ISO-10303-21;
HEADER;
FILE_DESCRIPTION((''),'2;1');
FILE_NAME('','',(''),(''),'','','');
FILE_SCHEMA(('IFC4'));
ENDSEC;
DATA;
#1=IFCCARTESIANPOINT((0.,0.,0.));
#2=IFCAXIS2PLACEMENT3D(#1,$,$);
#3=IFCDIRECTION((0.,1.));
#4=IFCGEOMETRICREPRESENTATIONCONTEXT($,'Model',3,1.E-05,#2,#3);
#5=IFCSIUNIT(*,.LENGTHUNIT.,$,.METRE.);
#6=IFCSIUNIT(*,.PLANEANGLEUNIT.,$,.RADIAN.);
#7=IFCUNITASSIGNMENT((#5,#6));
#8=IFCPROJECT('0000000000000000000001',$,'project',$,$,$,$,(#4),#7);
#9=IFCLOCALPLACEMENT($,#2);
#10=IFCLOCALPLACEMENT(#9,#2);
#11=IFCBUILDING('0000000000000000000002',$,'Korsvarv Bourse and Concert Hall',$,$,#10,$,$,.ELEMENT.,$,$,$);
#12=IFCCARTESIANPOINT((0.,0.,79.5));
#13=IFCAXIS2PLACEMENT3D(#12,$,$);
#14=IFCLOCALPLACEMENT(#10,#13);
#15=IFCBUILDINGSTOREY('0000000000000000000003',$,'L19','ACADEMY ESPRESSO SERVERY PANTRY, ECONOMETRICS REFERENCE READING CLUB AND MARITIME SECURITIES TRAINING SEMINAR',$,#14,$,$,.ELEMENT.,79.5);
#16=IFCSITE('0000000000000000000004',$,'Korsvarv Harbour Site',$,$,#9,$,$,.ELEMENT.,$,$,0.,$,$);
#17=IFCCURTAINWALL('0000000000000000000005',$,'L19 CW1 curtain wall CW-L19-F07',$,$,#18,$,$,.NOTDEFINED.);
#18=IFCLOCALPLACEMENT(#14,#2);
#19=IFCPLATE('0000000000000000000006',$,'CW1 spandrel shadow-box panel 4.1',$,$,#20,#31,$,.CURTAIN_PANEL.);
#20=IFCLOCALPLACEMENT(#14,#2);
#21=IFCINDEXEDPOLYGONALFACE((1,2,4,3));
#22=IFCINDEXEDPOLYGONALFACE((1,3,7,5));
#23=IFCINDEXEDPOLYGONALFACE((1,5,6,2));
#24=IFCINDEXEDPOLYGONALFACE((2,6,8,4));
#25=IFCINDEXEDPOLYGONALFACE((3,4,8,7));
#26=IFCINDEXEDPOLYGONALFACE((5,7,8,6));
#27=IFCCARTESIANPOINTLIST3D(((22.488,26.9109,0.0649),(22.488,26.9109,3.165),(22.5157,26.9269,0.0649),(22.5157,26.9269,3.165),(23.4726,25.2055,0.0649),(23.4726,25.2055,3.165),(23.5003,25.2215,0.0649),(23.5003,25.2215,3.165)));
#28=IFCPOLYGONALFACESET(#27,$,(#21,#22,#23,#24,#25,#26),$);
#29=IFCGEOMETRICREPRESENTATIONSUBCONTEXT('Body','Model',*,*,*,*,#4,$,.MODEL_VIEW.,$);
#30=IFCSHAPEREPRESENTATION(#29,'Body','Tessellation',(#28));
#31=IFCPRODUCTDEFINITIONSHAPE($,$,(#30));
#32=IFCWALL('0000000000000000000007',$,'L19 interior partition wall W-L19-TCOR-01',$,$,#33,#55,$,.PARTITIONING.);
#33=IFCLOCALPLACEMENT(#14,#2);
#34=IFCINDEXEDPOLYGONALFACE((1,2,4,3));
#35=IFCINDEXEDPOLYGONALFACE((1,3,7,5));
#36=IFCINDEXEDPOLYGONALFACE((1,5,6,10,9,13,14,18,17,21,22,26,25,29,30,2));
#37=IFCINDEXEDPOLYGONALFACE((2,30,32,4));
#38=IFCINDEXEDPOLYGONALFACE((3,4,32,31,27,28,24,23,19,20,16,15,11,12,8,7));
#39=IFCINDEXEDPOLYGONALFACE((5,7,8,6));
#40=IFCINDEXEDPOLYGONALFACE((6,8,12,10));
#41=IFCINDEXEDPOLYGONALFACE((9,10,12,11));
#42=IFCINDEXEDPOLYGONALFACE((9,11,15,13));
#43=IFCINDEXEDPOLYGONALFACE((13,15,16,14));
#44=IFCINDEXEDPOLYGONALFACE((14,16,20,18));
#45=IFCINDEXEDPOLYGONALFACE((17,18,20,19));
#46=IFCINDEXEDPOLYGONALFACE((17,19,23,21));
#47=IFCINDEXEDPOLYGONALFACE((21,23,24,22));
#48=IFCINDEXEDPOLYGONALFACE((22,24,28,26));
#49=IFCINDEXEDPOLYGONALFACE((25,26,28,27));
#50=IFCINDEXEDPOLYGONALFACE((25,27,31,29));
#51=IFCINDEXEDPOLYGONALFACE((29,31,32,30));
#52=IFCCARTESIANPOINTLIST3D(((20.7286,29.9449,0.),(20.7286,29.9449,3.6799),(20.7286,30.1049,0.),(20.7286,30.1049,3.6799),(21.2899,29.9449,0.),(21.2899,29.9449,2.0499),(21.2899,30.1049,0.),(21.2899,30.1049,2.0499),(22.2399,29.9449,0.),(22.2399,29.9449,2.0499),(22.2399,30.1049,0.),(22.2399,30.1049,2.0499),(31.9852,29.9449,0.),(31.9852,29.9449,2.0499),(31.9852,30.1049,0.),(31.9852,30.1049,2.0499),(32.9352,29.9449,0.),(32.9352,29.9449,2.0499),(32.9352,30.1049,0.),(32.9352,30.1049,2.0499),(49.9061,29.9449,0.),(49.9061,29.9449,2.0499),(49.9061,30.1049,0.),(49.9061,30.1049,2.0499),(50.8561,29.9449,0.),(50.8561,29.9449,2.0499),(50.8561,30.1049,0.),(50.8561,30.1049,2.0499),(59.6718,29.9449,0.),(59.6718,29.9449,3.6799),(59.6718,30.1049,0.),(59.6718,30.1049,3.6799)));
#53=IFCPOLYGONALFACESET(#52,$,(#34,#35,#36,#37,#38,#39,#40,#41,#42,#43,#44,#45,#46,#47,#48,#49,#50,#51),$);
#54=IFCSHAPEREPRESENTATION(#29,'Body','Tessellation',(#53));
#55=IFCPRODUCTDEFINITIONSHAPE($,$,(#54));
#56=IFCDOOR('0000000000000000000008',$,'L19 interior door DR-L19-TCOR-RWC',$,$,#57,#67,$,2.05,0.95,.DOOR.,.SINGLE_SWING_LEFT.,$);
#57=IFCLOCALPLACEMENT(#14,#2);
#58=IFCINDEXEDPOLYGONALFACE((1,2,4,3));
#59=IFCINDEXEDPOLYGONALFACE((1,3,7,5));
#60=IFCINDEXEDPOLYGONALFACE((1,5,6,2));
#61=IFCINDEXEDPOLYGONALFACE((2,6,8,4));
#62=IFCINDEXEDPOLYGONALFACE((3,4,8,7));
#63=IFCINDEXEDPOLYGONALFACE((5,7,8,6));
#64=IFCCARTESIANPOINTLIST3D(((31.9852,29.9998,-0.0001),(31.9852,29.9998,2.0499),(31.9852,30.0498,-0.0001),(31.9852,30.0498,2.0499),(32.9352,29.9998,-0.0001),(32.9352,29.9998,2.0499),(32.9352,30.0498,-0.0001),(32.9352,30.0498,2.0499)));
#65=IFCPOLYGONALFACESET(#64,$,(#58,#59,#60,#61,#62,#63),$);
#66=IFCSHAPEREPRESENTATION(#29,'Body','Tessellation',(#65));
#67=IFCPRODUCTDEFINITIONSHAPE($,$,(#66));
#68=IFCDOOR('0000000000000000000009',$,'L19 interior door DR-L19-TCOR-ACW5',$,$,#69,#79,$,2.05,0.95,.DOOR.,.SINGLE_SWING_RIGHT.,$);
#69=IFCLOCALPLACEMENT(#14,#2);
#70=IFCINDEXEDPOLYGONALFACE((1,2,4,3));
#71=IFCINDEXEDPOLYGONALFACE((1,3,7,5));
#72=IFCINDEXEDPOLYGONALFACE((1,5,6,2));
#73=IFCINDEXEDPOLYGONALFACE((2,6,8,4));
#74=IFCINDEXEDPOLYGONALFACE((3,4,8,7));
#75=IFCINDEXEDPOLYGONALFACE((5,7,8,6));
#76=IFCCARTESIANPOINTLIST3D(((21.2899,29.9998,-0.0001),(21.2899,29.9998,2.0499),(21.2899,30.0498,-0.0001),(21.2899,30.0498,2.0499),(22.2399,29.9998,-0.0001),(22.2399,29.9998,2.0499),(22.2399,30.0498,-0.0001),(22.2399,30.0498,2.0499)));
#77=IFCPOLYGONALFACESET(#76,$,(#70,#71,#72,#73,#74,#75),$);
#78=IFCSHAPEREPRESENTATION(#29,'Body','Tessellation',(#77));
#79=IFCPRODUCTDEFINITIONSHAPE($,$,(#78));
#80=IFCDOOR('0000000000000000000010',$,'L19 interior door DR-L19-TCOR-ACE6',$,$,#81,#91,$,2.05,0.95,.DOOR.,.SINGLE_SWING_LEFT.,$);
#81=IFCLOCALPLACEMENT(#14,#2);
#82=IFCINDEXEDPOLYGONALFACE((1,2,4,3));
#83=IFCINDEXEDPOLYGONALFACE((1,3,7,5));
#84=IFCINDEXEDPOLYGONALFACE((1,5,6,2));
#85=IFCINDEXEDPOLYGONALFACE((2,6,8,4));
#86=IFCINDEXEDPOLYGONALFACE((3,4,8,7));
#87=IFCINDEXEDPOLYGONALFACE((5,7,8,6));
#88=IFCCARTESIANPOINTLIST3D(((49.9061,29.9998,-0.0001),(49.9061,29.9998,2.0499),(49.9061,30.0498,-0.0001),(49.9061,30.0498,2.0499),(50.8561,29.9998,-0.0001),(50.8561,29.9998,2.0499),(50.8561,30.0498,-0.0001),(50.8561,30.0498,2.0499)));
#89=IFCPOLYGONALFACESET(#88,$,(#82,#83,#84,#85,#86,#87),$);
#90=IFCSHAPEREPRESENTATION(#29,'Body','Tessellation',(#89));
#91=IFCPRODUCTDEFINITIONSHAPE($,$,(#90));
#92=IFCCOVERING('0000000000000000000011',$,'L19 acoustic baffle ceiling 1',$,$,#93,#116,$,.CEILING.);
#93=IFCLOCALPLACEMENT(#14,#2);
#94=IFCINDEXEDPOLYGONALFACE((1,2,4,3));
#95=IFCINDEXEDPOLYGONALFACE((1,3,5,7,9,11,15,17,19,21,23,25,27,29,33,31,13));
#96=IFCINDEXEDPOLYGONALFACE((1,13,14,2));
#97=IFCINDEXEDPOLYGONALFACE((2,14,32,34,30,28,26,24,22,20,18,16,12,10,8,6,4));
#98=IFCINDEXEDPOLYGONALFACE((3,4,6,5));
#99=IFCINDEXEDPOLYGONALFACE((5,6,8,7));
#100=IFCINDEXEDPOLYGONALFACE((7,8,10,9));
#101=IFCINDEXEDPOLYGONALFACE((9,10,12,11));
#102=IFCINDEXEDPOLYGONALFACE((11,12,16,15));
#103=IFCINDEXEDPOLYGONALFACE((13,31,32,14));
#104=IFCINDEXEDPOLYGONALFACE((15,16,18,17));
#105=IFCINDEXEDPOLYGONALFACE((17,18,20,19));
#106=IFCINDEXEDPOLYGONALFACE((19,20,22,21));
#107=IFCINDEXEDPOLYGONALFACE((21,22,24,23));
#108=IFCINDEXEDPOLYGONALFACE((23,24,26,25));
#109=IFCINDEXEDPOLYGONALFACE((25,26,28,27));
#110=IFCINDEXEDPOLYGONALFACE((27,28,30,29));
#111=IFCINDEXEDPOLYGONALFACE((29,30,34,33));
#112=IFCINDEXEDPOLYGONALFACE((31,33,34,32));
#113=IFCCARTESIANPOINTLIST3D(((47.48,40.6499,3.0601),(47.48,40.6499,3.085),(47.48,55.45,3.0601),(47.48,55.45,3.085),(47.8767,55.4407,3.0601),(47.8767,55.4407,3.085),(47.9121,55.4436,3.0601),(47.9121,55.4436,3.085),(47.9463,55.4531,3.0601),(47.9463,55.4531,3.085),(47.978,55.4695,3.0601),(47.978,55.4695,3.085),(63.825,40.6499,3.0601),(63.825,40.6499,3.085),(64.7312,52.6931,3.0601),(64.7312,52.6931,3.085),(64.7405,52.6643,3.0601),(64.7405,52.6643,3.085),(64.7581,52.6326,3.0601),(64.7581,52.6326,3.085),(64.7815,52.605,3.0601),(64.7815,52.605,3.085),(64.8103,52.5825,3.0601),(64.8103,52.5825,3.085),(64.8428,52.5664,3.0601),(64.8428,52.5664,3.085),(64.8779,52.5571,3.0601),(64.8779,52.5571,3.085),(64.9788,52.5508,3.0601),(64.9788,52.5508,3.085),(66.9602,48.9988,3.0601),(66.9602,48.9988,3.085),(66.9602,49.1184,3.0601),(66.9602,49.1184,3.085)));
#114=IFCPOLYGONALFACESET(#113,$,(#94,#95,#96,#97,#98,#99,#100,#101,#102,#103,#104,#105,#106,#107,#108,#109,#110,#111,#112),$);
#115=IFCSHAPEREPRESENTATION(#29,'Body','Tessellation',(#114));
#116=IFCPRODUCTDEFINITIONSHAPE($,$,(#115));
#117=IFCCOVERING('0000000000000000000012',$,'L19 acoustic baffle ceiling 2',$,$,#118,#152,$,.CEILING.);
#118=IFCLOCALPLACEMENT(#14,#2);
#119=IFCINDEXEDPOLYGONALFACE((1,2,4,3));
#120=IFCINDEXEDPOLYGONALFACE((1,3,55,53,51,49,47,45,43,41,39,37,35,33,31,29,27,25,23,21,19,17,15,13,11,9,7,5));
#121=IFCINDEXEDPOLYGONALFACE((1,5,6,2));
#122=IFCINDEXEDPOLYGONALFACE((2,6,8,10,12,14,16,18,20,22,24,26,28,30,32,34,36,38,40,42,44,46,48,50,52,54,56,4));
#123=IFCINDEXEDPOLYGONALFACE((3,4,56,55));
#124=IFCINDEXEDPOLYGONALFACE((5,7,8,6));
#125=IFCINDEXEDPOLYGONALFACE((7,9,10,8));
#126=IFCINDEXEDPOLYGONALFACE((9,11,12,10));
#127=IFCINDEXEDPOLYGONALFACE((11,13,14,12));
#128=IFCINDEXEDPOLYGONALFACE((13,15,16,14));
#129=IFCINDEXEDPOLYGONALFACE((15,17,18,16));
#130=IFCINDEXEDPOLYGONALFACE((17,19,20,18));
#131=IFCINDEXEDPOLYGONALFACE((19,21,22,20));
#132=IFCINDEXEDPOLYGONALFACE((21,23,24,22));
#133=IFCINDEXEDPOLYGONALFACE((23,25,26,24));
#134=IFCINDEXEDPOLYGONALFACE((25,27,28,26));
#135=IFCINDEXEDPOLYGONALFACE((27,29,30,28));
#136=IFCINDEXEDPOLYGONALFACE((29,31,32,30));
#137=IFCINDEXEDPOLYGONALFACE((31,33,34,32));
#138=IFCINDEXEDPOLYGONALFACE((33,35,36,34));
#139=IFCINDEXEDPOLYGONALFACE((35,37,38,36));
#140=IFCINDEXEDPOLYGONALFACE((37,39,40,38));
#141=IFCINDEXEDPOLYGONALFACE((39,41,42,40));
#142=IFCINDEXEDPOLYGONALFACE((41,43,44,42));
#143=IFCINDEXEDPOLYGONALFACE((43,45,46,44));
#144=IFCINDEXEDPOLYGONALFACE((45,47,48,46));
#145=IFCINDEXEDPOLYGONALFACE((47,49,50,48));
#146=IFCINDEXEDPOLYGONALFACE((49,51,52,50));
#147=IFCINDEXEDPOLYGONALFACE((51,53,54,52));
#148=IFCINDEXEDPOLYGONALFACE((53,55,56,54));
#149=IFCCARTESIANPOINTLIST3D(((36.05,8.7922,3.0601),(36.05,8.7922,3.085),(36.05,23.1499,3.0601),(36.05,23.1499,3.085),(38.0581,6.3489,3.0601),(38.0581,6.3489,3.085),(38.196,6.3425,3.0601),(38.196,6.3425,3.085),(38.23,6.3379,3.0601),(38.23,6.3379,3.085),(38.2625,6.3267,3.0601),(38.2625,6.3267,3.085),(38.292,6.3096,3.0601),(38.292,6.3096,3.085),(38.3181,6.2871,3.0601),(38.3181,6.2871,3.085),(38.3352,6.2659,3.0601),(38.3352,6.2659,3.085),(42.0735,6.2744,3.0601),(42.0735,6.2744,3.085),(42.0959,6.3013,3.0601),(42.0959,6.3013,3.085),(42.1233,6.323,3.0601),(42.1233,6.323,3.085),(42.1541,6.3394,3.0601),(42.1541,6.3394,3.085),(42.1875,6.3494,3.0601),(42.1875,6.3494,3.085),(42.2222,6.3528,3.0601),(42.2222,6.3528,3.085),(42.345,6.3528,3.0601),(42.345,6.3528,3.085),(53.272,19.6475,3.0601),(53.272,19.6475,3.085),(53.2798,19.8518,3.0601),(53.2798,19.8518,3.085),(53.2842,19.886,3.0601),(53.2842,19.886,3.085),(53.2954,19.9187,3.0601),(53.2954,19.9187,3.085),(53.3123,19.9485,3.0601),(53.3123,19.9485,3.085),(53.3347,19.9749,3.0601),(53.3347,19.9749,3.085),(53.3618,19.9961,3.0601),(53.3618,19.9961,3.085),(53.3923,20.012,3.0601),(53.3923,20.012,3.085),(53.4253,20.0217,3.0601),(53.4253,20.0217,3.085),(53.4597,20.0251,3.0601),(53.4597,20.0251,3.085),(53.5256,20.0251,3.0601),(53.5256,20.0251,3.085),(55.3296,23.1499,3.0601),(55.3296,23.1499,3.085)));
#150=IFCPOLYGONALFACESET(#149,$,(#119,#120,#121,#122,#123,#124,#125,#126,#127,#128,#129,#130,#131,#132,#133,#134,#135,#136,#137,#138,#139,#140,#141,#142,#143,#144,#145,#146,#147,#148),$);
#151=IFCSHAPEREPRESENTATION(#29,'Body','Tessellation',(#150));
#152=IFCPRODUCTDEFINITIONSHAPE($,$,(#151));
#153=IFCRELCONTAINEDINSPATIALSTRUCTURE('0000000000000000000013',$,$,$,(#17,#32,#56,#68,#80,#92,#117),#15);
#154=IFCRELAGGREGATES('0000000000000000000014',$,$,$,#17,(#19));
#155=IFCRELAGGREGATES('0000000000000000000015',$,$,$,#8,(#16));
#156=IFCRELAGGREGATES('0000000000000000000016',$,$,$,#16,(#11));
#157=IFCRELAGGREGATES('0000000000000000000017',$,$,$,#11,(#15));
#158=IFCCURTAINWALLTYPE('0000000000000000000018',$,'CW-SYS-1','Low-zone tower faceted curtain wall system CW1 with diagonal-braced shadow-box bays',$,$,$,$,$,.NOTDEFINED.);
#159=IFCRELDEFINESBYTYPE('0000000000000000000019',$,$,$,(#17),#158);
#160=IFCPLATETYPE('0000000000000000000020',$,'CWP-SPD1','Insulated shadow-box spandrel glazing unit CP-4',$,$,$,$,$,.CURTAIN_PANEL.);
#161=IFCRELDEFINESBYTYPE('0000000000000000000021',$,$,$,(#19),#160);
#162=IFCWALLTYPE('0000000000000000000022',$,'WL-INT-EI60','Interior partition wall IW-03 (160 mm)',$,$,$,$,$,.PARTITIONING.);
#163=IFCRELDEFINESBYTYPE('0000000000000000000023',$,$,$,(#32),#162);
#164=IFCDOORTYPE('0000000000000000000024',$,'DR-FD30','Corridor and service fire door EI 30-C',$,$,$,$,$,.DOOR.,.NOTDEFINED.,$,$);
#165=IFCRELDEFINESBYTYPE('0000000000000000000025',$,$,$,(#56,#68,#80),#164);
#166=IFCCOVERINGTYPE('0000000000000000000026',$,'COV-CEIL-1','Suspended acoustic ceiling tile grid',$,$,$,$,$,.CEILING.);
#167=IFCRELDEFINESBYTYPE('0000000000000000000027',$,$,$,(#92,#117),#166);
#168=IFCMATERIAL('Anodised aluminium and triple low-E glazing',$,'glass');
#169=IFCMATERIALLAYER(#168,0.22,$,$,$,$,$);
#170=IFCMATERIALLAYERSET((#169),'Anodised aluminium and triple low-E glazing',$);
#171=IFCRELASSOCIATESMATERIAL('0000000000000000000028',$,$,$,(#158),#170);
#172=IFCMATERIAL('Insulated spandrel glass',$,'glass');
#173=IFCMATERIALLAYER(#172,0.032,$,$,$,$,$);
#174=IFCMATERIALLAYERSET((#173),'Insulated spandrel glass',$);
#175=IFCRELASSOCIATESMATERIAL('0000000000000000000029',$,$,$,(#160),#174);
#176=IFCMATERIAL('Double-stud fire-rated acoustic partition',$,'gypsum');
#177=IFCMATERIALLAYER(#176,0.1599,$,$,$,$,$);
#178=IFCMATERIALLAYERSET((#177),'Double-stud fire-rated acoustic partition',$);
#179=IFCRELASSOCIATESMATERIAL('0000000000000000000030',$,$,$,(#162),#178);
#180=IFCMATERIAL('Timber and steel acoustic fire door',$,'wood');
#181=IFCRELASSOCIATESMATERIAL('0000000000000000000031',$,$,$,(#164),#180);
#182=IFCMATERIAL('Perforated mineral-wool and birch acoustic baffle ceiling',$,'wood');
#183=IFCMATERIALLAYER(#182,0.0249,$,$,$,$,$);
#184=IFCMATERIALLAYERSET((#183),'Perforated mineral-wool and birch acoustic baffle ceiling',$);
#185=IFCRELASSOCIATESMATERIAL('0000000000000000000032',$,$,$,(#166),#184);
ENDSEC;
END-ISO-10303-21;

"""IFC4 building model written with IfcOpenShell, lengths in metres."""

from ifc_helpers import new_model, si_unit, direction, frame, frame_2d, origin, origin_2d, place, context, subcontext, project, spatial, polyline, rectangle, outline, extrude, source, transform, mapped, material, layer, layer_set, type_object, element, fill, aggregate, save


model = new_model("IFC4")

# Units and contexts
model_context = context("Model", 3, precision=1e-05, world=origin(), true_north=direction((0.0, 1.0)))
body_context = subcontext(model_context, "Body", "Model", "MODEL_VIEW")
ifc_project = project(units=[si_unit("LENGTHUNIT", "METRE"), si_unit("PLANEANGLEUNIT", "RADIAN")], contexts=[model_context])

# Site, building, storey
site_placement = place(None, origin())
site = spatial("IfcSite", under=ifc_project, at=site_placement, Name="Korsvarv Harbour Site", CompositionType="ELEMENT", RefElevation=0.0)
building_placement = place(site_placement, origin())
building = spatial("IfcBuilding", under=site, at=building_placement, Name="Korsvarv Bourse and Concert Hall", CompositionType="ELEMENT")
storey_placement = place(building_placement, frame((0.0, 0.0, 79.5)))
storey = spatial("IfcBuildingStorey", under=building, at=storey_placement, Name="L19", Description="ACADEMY ESPRESSO SERVERY PANTRY, ECONOMETRICS REFERENCE READING CLUB AND MARITIME SECURITIES TRAINING SEMINAR", CompositionType="ELEMENT", Elevation=79.5)

# Curtain wall
ifc_material_1 = material(Name="Anodised aluminium and triple low-E glazing", Category="glass")
ifc_layer_1 = layer(ifc_material_1, 0.22)
ifc_layer_set_1 = layer_set([ifc_layer_1], Name="Anodised aluminium and triple low-E glazing")
curtain_wall_type = type_object("IfcCurtainWallType", Name="CW-SYS-1", Description="Low-zone tower faceted curtain wall system CW1 with diagonal-braced shadow-box bays", PredefinedType="NOTDEFINED", material=ifc_layer_set_1)
curtain_wall_placement = place(storey_placement, origin())
curtain_wall = element("IfcCurtainWall", 1, at=curtain_wall_placement, inside=storey, type_object=curtain_wall_type, Name="L19 CW1 curtain wall CW-L19-F07", PredefinedType="NOTDEFINED")

# Plate
ifc_material_2 = material(Name="Insulated spandrel glass", Category="glass")
ifc_layer_2 = layer(ifc_material_2, 0.032)
ifc_layer_set_2 = layer_set([ifc_layer_2], Name="Insulated spandrel glass")
plate_type_1 = type_object("IfcPlateType", Name="CWP-SPD1", Description="Insulated shadow-box spandrel glazing unit CP-4", PredefinedType="CURTAIN_PANEL", material=ifc_layer_set_2)
shared_shape_1 = source(origin(), body_context, "Body", "SweptSolid", [
    extrude(rectangle(XDim=1.9692, YDim=0.032, at=origin_2d()), origin(), (0.0, 0.0, 1.0), 3.1001),
])
plate_1_placement = place(storey_placement, frame((22.9941, 26.0662, 0.0649), z_axis=(0.0, 0.0, 1.0), x_axis=(0.500002, -0.866024, 0.0)))
plate_1 = element("IfcPlate", 2, at=plate_1_placement, type_object=plate_type_1, Name="CW1 spandrel shadow-box panel 4.1", PredefinedType="CURTAIN_PANEL", context=body_context, shape_type="MappedRepresentation", body=[
    mapped(shared_shape_1, transform((0.0, 0.0, 0.0), scale=1.0)),
])
aggregate(curtain_wall, [plate_1])

# Wall, openings, doors
ifc_material_3 = material(Name="Double-stud fire-rated acoustic partition", Category="gypsum")
ifc_layer_3 = layer(ifc_material_3, 0.1599)
ifc_layer_set_3 = layer_set([ifc_layer_3], Name="Double-stud fire-rated acoustic partition")
wall_type = type_object("IfcWallType", Name="WL-INT-EI60", Description="Interior partition wall IW-03 (160 mm)", PredefinedType="PARTITIONING", material=ifc_layer_set_3)
wall_1_placement = place(storey_placement, frame((20.7285, 30.0249, 0.0), z_axis=(0.0, 0.0, 1.0), x_axis=(1.0, 0.0, 0.0)))
wall_1 = element("IfcWall", 3, at=wall_1_placement, inside=storey, type_object=wall_type, Name="L19 interior partition wall W-L19-TCOR-01", PredefinedType="PARTITIONING", context=body_context, shape_type="SweptSolid", body=[
    extrude(rectangle(XDim=38.9431, YDim=0.1599, at=frame_2d((19.4717, 0.0))), origin(), (0.0, 0.0, 1.0), 3.6799),
])
opening_1_placement = place(wall_1_placement, frame((11.2566, 0.0, 0.0)))
opening_1 = element("IfcOpeningElement", 4, at=opening_1_placement, cuts=wall_1, PredefinedType="OPENING", context=body_context, shape_type="SweptSolid", body=[
    extrude(rectangle(XDim=0.95, YDim=2.05, at=frame_2d((0.4751, 1.0249))), frame((0.0, 0.0898, 0.0), z_axis=(0.0, -1.0, 0.0), x_axis=(1.0, 0.0, 0.0)), (0.0, 0.0, 1.0), 0.1799),
])
opening_2_placement = place(wall_1_placement, frame((0.5613, 0.0, 0.0)))
opening_2 = element("IfcOpeningElement", 5, at=opening_2_placement, cuts=wall_1, PredefinedType="OPENING", context=body_context, shape_type="SweptSolid", body=[
    extrude(rectangle(XDim=0.95, YDim=2.05, at=frame_2d((0.4751, 1.0249))), frame((0.0, 0.0898, 0.0), z_axis=(0.0, -1.0, 0.0), x_axis=(1.0, 0.0, 0.0)), (0.0, 0.0, 1.0), 0.1799),
])
opening_3_placement = place(wall_1_placement, frame((29.1775, 0.0, 0.0)))
opening_3 = element("IfcOpeningElement", 6, at=opening_3_placement, cuts=wall_1, PredefinedType="OPENING", context=body_context, shape_type="SweptSolid", body=[
    extrude(rectangle(XDim=0.95, YDim=2.05, at=frame_2d((0.4751, 1.0249))), frame((0.0, 0.0898, 0.0), z_axis=(0.0, -1.0, 0.0), x_axis=(1.0, 0.0, 0.0)), (0.0, 0.0, 1.0), 0.1799),
])
ifc_material_4 = material(Name="Timber and steel acoustic fire door", Category="wood")
door_type = type_object("IfcDoorType", Name="DR-FD30", Description="Corridor and service fire door EI 30-C", OperationType="NOTDEFINED", PredefinedType="DOOR", material=ifc_material_4)
door_1_placement = place(opening_1_placement, origin())
door_1 = element("IfcDoor", 7, at=door_1_placement, inside=storey, type_object=door_type, Name="L19 interior door DR-L19-TCOR-RWC", OperationType="SINGLE_SWING_LEFT", OverallHeight=2.05, OverallWidth=0.95, PredefinedType="DOOR", context=body_context, shape_type="SweptSolid", body=[
    extrude(rectangle(XDim=0.95, YDim=2.05, at=frame_2d((0.4751, 1.0249))), frame((0.0, 0.0249, 0.0), z_axis=(0.0, -1.0, 0.0), x_axis=(1.0, 0.0, 0.0)), (0.0, 0.0, 1.0), 0.05),
])
fill(opening_1, door_1)
door_2_placement = place(opening_2_placement, origin())
door_2 = element("IfcDoor", 8, at=door_2_placement, inside=storey, type_object=door_type, Name="L19 interior door DR-L19-TCOR-ACW5", OperationType="SINGLE_SWING_RIGHT", OverallHeight=2.05, OverallWidth=0.95, PredefinedType="DOOR", context=body_context, shape_type="SweptSolid", body=[
    extrude(rectangle(XDim=0.95, YDim=2.05, at=frame_2d((0.4751, 1.0249))), frame((0.0, 0.0249, 0.0), z_axis=(0.0, -1.0, 0.0), x_axis=(1.0, 0.0, 0.0)), (0.0, 0.0, 1.0), 0.05),
])
fill(opening_2, door_2)
door_3_placement = place(opening_3_placement, origin())
door_3 = element("IfcDoor", 9, at=door_3_placement, inside=storey, type_object=door_type, Name="L19 interior door DR-L19-TCOR-ACE6", OperationType="SINGLE_SWING_LEFT", OverallHeight=2.05, OverallWidth=0.95, PredefinedType="DOOR", context=body_context, shape_type="SweptSolid", body=[
    extrude(rectangle(XDim=0.95, YDim=2.05, at=frame_2d((0.4751, 1.0249))), frame((0.0, 0.0249, 0.0), z_axis=(0.0, -1.0, 0.0), x_axis=(1.0, 0.0, 0.0)), (0.0, 0.0, 1.0), 0.05),
])
fill(opening_3, door_3)

# Coverings
ifc_material_5 = material(Name="Perforated mineral-wool and birch acoustic baffle ceiling", Category="wood")
ifc_layer_4 = layer(ifc_material_5, 0.0249)
ifc_layer_set_4 = layer_set([ifc_layer_4], Name="Perforated mineral-wool and birch acoustic baffle ceiling")
covering_type_1 = type_object("IfcCoveringType", Name="COV-CEIL-1", Description="Suspended acoustic ceiling tile grid", PredefinedType="CEILING", material=ifc_layer_set_4)
covering_1_placement = place(storey_placement, frame((0.0, 0.0, 3.0601)))
element("IfcCovering", 10, at=covering_1_placement, inside=storey, type_object=covering_type_1, Name="L19 acoustic baffle ceiling 1", PredefinedType="CEILING", context=body_context, shape_type="SweptSolid", body=[
    extrude(outline(polyline([(47.8767, 55.4407), (47.9121, 55.4436), (47.9463, 55.4531), (47.978, 55.4695), (64.7312, 52.6931), (64.7405, 52.6643), (64.7581, 52.6326), (64.7815, 52.605), (64.8103, 52.5825), (64.8428, 52.5664), (64.8779, 52.5571), (64.9788, 52.5508), (66.9602, 49.1184), (66.9602, 48.9988), (63.825, 40.6499), (47.48, 40.6499), (47.48, 55.45), (47.8767, 55.4407)])), origin(), (0.0, 0.0, 1.0), 0.0249),
])
covering_2_placement = place(storey_placement, frame((0.0, 0.0, 3.0601)))
element("IfcCovering", 11, at=covering_2_placement, inside=storey, type_object=covering_type_1, Name="L19 acoustic baffle ceiling 2", PredefinedType="CEILING", context=body_context, shape_type="SweptSolid", body=[
    extrude(outline(polyline([(55.3296, 23.1499), (53.5256, 20.0251), (53.4597, 20.0251), (53.4253, 20.0217), (53.3923, 20.012), (53.3618, 19.9961), (53.3347, 19.9749), (53.3123, 19.9485), (53.2954, 19.9187), (53.2842, 19.886), (53.2798, 19.8518), (53.272, 19.6475), (42.345, 6.3528), (42.2222, 6.3528), (42.1875, 6.3494), (42.1541, 6.3394), (42.1233, 6.323), (42.0959, 6.3013), (42.0735, 6.2744), (38.3352, 6.2659), (38.3181, 6.2871), (38.292, 6.3096), (38.2625, 6.3267), (38.23, 6.3379), (38.196, 6.3425), (38.0581, 6.3489), (36.05, 8.7922), (36.05, 23.1499), (55.3296, 23.1499)])), origin(), (0.0, 0.0, 1.0), 0.0249),
])

save(model, "model.ifc")
